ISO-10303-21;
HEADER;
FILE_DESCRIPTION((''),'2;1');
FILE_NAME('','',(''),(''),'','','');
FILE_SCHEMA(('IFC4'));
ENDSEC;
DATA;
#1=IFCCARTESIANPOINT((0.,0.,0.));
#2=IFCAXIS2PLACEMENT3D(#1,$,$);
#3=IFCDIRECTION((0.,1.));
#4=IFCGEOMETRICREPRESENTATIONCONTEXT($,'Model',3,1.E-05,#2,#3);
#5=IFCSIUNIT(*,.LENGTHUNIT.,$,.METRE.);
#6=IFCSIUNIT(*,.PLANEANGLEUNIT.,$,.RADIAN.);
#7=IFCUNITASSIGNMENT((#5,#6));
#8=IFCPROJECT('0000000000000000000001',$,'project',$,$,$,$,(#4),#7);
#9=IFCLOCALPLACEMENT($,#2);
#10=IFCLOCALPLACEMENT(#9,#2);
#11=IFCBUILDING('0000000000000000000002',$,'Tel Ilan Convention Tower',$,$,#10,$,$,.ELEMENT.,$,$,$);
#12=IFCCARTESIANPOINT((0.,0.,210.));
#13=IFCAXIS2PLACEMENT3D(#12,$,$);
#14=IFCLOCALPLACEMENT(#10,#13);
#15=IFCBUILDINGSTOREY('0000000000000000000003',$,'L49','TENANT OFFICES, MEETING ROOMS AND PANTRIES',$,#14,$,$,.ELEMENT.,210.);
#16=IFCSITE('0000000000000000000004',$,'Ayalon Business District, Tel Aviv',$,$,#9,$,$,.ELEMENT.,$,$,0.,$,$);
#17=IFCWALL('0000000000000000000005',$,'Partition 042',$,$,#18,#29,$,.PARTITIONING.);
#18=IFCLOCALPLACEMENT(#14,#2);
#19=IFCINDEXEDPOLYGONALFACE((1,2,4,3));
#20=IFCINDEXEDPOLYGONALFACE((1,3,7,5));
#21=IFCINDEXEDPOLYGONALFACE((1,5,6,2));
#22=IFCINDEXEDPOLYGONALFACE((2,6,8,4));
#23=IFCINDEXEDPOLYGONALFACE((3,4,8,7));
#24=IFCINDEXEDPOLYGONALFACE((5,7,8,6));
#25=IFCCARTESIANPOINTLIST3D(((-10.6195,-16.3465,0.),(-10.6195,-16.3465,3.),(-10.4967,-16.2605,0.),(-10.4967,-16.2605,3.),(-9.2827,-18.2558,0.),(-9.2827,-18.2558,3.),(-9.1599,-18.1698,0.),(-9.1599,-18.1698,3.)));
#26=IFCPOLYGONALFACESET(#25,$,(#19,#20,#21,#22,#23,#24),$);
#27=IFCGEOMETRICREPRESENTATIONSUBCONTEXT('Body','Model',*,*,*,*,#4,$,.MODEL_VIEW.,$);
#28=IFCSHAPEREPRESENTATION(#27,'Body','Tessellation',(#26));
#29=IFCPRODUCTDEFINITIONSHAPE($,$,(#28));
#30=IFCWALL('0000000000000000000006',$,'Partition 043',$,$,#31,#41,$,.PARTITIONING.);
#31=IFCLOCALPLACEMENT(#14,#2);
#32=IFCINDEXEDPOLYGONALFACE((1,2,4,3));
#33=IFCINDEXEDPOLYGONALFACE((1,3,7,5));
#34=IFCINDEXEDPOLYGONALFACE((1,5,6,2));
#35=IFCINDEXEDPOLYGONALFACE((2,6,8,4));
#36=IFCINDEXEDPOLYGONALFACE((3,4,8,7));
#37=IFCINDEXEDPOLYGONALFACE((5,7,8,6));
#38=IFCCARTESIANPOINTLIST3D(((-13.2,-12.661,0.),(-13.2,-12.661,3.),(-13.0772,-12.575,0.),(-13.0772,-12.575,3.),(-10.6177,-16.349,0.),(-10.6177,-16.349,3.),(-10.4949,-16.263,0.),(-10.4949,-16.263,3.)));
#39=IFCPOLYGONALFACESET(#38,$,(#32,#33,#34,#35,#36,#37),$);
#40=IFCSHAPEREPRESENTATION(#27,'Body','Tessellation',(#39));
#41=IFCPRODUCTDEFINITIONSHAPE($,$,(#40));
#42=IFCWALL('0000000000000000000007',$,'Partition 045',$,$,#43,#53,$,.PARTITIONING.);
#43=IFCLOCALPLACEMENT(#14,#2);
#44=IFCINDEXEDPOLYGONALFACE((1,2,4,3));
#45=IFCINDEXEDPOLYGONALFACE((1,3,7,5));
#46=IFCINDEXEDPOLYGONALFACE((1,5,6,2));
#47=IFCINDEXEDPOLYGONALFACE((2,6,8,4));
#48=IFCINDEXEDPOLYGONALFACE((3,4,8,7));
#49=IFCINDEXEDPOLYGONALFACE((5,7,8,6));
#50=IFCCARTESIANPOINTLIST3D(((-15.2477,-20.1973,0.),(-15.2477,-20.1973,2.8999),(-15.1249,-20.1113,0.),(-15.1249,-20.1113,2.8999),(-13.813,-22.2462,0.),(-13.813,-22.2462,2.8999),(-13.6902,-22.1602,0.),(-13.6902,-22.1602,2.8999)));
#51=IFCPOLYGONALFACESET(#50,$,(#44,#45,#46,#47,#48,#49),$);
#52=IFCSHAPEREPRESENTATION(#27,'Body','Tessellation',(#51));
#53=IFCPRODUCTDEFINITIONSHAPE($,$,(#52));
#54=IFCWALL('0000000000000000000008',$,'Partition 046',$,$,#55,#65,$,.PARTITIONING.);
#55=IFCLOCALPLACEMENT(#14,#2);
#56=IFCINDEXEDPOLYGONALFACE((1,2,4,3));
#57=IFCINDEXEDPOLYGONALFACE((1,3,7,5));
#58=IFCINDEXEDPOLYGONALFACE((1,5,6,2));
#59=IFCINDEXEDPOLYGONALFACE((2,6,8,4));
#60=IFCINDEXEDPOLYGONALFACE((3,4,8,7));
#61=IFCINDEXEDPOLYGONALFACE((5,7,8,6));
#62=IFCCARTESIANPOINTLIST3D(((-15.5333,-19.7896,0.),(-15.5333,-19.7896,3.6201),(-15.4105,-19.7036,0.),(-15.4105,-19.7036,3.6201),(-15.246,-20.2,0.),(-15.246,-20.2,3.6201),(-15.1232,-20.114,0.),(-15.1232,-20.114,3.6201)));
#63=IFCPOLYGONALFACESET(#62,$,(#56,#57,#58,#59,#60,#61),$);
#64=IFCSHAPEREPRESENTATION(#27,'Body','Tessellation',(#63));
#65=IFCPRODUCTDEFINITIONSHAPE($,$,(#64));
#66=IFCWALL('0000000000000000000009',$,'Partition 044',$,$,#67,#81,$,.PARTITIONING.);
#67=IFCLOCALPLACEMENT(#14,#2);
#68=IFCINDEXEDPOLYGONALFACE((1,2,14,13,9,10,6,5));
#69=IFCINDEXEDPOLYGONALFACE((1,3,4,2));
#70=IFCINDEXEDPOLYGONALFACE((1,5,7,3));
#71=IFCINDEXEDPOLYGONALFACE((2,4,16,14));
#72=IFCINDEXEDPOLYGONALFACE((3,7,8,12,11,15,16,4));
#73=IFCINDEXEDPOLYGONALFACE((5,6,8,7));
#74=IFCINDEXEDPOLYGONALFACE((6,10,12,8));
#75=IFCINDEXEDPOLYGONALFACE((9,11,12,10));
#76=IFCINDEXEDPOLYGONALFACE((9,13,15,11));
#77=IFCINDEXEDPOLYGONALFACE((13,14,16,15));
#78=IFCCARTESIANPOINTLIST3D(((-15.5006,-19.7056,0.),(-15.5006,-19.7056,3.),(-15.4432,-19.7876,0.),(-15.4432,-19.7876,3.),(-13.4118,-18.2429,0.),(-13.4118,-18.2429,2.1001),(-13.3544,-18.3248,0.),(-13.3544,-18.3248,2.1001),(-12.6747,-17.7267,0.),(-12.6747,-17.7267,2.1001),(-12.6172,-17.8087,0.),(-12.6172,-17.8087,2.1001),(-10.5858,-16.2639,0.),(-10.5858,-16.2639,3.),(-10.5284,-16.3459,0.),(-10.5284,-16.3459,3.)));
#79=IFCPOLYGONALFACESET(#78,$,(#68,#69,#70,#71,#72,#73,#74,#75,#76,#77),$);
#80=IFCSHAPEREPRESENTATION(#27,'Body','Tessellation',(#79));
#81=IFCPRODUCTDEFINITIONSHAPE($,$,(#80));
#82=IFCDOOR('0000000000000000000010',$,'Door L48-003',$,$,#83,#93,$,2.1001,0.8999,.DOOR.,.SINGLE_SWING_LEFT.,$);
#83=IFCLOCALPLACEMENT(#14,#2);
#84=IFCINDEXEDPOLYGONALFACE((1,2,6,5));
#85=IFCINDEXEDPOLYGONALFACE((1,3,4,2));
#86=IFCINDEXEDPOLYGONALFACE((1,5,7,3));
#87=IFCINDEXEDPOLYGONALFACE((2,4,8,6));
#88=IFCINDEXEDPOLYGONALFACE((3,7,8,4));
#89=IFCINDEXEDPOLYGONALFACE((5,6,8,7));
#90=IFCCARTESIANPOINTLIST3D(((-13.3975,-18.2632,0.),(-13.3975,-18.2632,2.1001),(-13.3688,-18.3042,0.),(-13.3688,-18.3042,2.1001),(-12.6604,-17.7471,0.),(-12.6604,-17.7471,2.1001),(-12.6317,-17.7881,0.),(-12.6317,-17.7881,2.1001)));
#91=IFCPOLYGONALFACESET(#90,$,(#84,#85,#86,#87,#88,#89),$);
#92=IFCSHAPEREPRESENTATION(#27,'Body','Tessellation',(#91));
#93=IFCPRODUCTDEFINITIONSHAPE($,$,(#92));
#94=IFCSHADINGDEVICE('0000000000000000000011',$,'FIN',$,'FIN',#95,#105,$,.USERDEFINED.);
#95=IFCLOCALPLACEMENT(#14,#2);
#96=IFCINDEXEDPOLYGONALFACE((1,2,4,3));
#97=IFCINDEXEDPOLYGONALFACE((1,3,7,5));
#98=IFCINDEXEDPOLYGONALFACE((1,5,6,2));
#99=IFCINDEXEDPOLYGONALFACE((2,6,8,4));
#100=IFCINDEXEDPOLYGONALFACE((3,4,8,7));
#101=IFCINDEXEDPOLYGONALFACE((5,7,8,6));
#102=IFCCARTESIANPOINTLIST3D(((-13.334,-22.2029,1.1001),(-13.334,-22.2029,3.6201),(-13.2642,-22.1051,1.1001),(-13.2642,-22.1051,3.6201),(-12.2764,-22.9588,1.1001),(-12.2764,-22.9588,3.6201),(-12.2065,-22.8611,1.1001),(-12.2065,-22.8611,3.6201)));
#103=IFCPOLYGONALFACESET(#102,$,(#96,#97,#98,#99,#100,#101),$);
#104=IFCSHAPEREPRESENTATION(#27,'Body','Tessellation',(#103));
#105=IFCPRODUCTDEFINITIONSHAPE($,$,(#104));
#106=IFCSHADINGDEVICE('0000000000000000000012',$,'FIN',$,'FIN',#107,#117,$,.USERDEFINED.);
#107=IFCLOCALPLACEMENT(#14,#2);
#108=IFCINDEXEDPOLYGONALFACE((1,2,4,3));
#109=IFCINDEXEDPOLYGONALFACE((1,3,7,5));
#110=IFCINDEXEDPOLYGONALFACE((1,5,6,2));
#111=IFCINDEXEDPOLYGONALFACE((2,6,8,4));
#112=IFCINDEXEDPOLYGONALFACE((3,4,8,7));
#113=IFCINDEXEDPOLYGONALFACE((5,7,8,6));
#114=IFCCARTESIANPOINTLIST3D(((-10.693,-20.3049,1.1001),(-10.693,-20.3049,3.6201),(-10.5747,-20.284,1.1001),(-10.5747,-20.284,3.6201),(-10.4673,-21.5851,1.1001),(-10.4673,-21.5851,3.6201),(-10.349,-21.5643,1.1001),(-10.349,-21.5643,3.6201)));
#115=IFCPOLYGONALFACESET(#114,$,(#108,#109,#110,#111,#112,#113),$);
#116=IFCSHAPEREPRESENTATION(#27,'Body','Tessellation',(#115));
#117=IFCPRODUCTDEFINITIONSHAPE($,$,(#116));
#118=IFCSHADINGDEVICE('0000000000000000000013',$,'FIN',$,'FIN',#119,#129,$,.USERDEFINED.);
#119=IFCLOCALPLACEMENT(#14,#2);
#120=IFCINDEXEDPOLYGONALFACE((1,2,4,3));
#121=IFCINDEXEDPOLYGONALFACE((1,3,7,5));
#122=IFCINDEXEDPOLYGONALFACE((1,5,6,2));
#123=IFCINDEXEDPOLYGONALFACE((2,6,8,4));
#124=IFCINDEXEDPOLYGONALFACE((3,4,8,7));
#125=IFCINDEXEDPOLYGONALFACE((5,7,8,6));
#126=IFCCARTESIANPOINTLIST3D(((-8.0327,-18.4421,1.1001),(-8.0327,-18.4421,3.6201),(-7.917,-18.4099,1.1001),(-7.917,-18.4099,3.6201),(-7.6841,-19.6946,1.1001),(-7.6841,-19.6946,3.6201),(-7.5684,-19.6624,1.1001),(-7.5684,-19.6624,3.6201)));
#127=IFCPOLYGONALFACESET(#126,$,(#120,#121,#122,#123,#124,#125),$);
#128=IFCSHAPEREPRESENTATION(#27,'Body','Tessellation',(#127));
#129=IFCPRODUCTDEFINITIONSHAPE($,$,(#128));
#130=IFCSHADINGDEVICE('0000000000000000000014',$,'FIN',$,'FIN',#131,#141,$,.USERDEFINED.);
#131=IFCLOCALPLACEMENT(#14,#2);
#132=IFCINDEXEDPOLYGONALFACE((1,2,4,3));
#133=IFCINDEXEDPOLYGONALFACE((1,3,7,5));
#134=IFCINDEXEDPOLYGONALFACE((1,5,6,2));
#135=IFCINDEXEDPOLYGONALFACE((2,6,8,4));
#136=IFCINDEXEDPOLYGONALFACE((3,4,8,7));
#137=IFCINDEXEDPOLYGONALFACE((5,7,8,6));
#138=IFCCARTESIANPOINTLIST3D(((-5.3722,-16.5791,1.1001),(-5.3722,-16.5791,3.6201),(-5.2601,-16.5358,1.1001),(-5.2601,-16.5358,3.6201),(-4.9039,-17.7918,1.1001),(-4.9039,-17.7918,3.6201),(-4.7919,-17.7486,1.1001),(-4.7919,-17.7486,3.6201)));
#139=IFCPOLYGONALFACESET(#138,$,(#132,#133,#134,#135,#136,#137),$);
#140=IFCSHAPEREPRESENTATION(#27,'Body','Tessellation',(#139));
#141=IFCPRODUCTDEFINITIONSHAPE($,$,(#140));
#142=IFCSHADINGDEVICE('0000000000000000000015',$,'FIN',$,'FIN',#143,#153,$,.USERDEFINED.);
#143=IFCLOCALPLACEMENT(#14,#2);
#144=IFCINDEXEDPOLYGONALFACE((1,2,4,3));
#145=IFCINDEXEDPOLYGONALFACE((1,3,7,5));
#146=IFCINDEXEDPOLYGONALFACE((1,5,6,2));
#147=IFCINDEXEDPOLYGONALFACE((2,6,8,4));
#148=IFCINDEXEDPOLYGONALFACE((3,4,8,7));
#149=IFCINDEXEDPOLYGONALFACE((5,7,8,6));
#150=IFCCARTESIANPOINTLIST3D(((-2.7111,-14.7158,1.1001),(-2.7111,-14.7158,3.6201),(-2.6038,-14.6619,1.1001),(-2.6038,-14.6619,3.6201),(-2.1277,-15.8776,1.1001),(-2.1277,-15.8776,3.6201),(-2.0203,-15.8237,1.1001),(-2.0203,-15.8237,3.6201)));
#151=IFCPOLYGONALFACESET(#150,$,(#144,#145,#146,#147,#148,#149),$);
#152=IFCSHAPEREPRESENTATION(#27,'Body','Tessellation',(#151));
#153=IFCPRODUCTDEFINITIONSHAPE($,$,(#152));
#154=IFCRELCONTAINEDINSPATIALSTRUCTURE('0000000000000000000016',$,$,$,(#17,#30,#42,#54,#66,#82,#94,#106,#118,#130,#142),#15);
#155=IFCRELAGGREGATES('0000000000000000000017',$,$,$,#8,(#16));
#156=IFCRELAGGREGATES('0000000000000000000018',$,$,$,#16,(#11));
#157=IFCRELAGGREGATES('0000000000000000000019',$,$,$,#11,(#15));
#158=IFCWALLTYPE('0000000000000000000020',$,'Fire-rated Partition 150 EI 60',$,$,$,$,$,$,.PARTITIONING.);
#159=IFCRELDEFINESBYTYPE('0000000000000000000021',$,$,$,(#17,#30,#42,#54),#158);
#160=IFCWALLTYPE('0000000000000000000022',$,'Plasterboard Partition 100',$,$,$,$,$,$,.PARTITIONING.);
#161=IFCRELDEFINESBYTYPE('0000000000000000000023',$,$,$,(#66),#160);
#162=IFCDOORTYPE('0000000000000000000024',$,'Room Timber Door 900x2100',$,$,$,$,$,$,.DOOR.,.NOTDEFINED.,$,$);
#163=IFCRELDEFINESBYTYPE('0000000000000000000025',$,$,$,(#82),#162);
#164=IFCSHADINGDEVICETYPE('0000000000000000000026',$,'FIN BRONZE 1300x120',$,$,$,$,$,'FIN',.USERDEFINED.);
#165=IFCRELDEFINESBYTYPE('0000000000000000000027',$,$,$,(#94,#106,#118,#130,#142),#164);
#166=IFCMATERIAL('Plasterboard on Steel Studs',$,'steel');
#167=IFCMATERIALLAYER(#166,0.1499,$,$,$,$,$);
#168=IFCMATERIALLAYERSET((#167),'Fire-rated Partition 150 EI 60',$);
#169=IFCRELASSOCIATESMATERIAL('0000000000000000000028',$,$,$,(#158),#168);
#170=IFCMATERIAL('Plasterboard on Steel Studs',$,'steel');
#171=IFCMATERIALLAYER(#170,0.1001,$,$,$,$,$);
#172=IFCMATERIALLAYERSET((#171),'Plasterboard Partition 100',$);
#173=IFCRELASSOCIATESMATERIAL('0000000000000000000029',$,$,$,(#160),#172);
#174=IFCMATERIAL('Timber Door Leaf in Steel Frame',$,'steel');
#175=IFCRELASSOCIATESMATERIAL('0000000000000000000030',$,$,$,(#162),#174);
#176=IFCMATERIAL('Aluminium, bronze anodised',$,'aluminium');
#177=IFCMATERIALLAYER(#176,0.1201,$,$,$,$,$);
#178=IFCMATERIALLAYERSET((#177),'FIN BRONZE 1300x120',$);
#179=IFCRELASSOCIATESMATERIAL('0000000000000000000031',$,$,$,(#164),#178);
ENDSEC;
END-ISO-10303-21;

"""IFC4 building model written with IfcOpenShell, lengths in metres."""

from ifc_helpers import new_model, si_unit, direction, frame, frame_2d, origin, origin_2d, place, context, subcontext, project, spatial, rectangle, extrude, material, layer, layer_set, type_object, element, fill, save


model = new_model("IFC4")

# Units and contexts
model_context = context("Model", 3, precision=1e-05, world=origin(), true_north=direction((0.0, 1.0)))
body_context = subcontext(model_context, "Body", "Model", "MODEL_VIEW")
ifc_project = project(units=[si_unit("LENGTHUNIT", "METRE"), si_unit("PLANEANGLEUNIT", "RADIAN")], contexts=[model_context])

# Site, building, storey
site_placement = place(None, origin())
site = spatial("IfcSite", under=ifc_project, at=site_placement, Name="Ayalon Business District, Tel Aviv", CompositionType="ELEMENT", RefElevation=0.0)
building_placement = place(site_placement, origin())
building = spatial("IfcBuilding", under=site, at=building_placement, Name="Tel Ilan Convention Tower", CompositionType="ELEMENT")
storey_placement = place(building_placement, frame((0.0, 0.0, 210.0)))
storey = spatial("IfcBuildingStorey", under=building, at=storey_placement, Name="L49", Description="TENANT OFFICES, MEETING ROOMS AND PANTRIES", CompositionType="ELEMENT", Elevation=210.0)

# Walls
ifc_material_1 = material(Name="Plasterboard on Steel Studs", Category="steel")
ifc_layer_1 = layer(ifc_material_1, 0.1499)
ifc_layer_set_1 = layer_set([ifc_layer_1], Name="Fire-rated Partition 150 EI 60")
wall_type_1 = type_object("IfcWallType", Name="Fire-rated Partition 150 EI 60", PredefinedType="PARTITIONING", material=ifc_layer_set_1)
wall_1_placement = place(storey_placement, frame((-9.2212, -18.2129, 0.0), z_axis=(0.0, 0.0, 1.0), x_axis=(-0.573554, 0.819168, 0.0)))
element("IfcWall", 1, at=wall_1_placement, inside=storey, type_object=wall_type_1, Name="Partition 042", PredefinedType="PARTITIONING", context=body_context, shape_type="SweptSolid", body=[
    extrude(rectangle(XDim=2.3308, YDim=0.1499, at=frame_2d((1.1655, 0.0))), origin(), (0.0, 0.0, 1.0), 3.0),
])
wall_2_placement = place(storey_placement, frame((-10.5564, -16.3059, 0.0), z_axis=(0.0, 0.0, 1.0), x_axis=(-0.573564, 0.819161, 0.0)))
element("IfcWall", 2, at=wall_2_placement, inside=storey, type_object=wall_type_1, Name="Partition 043", PredefinedType="PARTITIONING", context=body_context, shape_type="SweptSolid", body=[
    extrude(rectangle(XDim=4.5022, YDim=0.1499, at=frame_2d((2.251, 0.0))), origin(), (0.0, 0.0, 1.0), 3.0),
])
wall_3_placement = place(storey_placement, frame((-13.7517, -22.2031, 0.0), z_axis=(0.0, 0.0, 1.0), x_axis=(-0.573567, 0.819159, 0.0)))
element("IfcWall", 3, at=wall_3_placement, inside=storey, type_object=wall_type_1, Name="Partition 045", PredefinedType="PARTITIONING", context=body_context, shape_type="SweptSolid", body=[
    extrude(rectangle(XDim=2.5012, YDim=0.1499, at=frame_2d((1.2505, 0.0))), origin(), (0.0, 0.0, 1.0), 2.8999),
])
wall_4_placement = place(storey_placement, frame((-15.1846, -20.157, 0.0), z_axis=(0.0, 0.0, 1.0), x_axis=(-0.57356, 0.819163, 0.0)))
element("IfcWall", 4, at=wall_4_placement, inside=storey, type_object=wall_type_1, Name="Partition 046", PredefinedType="PARTITIONING", context=body_context, shape_type="SweptSolid", body=[
    extrude(rectangle(XDim=0.501, YDim=0.1499, at=frame_2d((0.2505, 0.0))), origin(), (0.0, 0.0, 1.0), 3.6201),
])

# Wall, opening, door
ifc_material_2 = material(Name="Plasterboard on Steel Studs", Category="steel")
ifc_layer_2 = layer(ifc_material_2, 0.1001)
ifc_layer_set_2 = layer_set([ifc_layer_2], Name="Plasterboard Partition 100")
wall_type_2 = type_object("IfcWallType", Name="Plasterboard Partition 100", PredefinedType="PARTITIONING", material=ifc_layer_set_2)
wall_5_placement = place(storey_placement, frame((-10.5571, -16.3049, 0.0), z_axis=(0.0, 0.0, 1.0), x_axis=(-0.819131, -0.573607, 0.0)))
wall_5 = element("IfcWall", 5, at=wall_5_placement, inside=storey, type_object=wall_type_2, Name="Partition 044", PredefinedType="PARTITIONING", context=body_context, shape_type="SweptSolid", body=[
    extrude(rectangle(XDim=6.0, YDim=0.1001, at=frame_2d((3.0, 0.0))), origin(), (0.0, 0.0, 1.0), 3.0),
])
opening_placement = place(wall_5_placement, frame((2.55, 0.0, 0.0)))
opening = element("IfcOpeningElement", 6, at=opening_placement, cuts=wall_5, PredefinedType="OPENING", context=body_context, shape_type="SweptSolid", body=[
    extrude(rectangle(XDim=0.8999, YDim=2.1001, at=frame_2d((0.45, 1.05))), frame((0.0, 0.0601, 0.0), z_axis=(0.0, -1.0, 0.0), x_axis=(1.0, 0.0, 0.0)), (0.0, 0.0, 1.0), 0.1201),
])
ifc_material_3 = material(Name="Timber Door Leaf in Steel Frame", Category="steel")
door_type = type_object("IfcDoorType", Name="Room Timber Door 900x2100", OperationType="NOTDEFINED", PredefinedType="DOOR", material=ifc_material_3)
door_placement = place(opening_placement, origin())
door = element("IfcDoor", 7, at=door_placement, inside=storey, type_object=door_type, Name="Door L48-003", OperationType="SINGLE_SWING_LEFT", OverallHeight=2.1001, OverallWidth=0.8999, PredefinedType="DOOR", context=body_context, shape_type="SweptSolid", body=[
    extrude(rectangle(XDim=0.8999, YDim=2.1001, at=frame_2d((0.45, 1.05))), frame((0.0, 0.0249, 0.0), z_axis=(0.0, -1.0, 0.0), x_axis=(1.0, 0.0, 0.0)), (0.0, 0.0, 1.0), 0.05),
])
fill(opening, door)

# Shading devices
ifc_material_4 = material(Name="Aluminium, bronze anodised", Category="aluminium")
ifc_layer_3 = layer(ifc_material_4, 0.1201)
ifc_layer_set_3 = layer_set([ifc_layer_3], Name="FIN BRONZE 1300x120")
shading_device_type = type_object("IfcShadingDeviceType", Name="FIN BRONZE 1300x120", ElementType="FIN", PredefinedType="USERDEFINED", material=ifc_layer_set_3)
for number, where, z_axis, x_axis, name in (
    (8, (-12.7703, -22.532, 1.1001), (0.0, 0.0, 1.0), (0.813552, -0.581492, 0.0), "FIN"),
    (9, (-10.521, -20.9346, 1.1001), (0.0, 0.0, 1.0), (0.173648, -0.984808, 0.0), "FIN"),
    (10, (-7.8005, -19.0522, 1.1001), (0.0, 0.0, 1.0), (0.268173, -0.963371, 0.0), "FIN"),
    (11, (-5.082, -17.1638, 1.1001), (0.0, 0.0, 1.0), (0.360178, -0.932884, 0.0), "FIN"),
    (12, (-2.3657, -15.2698, 1.1001), (0.0, 0.0, 1.0), (0.448799, -0.893633, 0.0), "FIN"),
):
    element("IfcShadingDevice", number, at=place(storey_placement, frame(where, z_axis=z_axis, x_axis=x_axis)), inside=storey, type_object=shading_device_type, Name=name, ObjectType="FIN", PredefinedType="USERDEFINED", context=body_context, shape_type="SweptSolid", body=[
        extrude(rectangle(XDim=1.3, YDim=0.1201, at=origin_2d()), origin(), (0.0, 0.0, 1.0), 2.52),
    ])

save(model, "model.ifc")
